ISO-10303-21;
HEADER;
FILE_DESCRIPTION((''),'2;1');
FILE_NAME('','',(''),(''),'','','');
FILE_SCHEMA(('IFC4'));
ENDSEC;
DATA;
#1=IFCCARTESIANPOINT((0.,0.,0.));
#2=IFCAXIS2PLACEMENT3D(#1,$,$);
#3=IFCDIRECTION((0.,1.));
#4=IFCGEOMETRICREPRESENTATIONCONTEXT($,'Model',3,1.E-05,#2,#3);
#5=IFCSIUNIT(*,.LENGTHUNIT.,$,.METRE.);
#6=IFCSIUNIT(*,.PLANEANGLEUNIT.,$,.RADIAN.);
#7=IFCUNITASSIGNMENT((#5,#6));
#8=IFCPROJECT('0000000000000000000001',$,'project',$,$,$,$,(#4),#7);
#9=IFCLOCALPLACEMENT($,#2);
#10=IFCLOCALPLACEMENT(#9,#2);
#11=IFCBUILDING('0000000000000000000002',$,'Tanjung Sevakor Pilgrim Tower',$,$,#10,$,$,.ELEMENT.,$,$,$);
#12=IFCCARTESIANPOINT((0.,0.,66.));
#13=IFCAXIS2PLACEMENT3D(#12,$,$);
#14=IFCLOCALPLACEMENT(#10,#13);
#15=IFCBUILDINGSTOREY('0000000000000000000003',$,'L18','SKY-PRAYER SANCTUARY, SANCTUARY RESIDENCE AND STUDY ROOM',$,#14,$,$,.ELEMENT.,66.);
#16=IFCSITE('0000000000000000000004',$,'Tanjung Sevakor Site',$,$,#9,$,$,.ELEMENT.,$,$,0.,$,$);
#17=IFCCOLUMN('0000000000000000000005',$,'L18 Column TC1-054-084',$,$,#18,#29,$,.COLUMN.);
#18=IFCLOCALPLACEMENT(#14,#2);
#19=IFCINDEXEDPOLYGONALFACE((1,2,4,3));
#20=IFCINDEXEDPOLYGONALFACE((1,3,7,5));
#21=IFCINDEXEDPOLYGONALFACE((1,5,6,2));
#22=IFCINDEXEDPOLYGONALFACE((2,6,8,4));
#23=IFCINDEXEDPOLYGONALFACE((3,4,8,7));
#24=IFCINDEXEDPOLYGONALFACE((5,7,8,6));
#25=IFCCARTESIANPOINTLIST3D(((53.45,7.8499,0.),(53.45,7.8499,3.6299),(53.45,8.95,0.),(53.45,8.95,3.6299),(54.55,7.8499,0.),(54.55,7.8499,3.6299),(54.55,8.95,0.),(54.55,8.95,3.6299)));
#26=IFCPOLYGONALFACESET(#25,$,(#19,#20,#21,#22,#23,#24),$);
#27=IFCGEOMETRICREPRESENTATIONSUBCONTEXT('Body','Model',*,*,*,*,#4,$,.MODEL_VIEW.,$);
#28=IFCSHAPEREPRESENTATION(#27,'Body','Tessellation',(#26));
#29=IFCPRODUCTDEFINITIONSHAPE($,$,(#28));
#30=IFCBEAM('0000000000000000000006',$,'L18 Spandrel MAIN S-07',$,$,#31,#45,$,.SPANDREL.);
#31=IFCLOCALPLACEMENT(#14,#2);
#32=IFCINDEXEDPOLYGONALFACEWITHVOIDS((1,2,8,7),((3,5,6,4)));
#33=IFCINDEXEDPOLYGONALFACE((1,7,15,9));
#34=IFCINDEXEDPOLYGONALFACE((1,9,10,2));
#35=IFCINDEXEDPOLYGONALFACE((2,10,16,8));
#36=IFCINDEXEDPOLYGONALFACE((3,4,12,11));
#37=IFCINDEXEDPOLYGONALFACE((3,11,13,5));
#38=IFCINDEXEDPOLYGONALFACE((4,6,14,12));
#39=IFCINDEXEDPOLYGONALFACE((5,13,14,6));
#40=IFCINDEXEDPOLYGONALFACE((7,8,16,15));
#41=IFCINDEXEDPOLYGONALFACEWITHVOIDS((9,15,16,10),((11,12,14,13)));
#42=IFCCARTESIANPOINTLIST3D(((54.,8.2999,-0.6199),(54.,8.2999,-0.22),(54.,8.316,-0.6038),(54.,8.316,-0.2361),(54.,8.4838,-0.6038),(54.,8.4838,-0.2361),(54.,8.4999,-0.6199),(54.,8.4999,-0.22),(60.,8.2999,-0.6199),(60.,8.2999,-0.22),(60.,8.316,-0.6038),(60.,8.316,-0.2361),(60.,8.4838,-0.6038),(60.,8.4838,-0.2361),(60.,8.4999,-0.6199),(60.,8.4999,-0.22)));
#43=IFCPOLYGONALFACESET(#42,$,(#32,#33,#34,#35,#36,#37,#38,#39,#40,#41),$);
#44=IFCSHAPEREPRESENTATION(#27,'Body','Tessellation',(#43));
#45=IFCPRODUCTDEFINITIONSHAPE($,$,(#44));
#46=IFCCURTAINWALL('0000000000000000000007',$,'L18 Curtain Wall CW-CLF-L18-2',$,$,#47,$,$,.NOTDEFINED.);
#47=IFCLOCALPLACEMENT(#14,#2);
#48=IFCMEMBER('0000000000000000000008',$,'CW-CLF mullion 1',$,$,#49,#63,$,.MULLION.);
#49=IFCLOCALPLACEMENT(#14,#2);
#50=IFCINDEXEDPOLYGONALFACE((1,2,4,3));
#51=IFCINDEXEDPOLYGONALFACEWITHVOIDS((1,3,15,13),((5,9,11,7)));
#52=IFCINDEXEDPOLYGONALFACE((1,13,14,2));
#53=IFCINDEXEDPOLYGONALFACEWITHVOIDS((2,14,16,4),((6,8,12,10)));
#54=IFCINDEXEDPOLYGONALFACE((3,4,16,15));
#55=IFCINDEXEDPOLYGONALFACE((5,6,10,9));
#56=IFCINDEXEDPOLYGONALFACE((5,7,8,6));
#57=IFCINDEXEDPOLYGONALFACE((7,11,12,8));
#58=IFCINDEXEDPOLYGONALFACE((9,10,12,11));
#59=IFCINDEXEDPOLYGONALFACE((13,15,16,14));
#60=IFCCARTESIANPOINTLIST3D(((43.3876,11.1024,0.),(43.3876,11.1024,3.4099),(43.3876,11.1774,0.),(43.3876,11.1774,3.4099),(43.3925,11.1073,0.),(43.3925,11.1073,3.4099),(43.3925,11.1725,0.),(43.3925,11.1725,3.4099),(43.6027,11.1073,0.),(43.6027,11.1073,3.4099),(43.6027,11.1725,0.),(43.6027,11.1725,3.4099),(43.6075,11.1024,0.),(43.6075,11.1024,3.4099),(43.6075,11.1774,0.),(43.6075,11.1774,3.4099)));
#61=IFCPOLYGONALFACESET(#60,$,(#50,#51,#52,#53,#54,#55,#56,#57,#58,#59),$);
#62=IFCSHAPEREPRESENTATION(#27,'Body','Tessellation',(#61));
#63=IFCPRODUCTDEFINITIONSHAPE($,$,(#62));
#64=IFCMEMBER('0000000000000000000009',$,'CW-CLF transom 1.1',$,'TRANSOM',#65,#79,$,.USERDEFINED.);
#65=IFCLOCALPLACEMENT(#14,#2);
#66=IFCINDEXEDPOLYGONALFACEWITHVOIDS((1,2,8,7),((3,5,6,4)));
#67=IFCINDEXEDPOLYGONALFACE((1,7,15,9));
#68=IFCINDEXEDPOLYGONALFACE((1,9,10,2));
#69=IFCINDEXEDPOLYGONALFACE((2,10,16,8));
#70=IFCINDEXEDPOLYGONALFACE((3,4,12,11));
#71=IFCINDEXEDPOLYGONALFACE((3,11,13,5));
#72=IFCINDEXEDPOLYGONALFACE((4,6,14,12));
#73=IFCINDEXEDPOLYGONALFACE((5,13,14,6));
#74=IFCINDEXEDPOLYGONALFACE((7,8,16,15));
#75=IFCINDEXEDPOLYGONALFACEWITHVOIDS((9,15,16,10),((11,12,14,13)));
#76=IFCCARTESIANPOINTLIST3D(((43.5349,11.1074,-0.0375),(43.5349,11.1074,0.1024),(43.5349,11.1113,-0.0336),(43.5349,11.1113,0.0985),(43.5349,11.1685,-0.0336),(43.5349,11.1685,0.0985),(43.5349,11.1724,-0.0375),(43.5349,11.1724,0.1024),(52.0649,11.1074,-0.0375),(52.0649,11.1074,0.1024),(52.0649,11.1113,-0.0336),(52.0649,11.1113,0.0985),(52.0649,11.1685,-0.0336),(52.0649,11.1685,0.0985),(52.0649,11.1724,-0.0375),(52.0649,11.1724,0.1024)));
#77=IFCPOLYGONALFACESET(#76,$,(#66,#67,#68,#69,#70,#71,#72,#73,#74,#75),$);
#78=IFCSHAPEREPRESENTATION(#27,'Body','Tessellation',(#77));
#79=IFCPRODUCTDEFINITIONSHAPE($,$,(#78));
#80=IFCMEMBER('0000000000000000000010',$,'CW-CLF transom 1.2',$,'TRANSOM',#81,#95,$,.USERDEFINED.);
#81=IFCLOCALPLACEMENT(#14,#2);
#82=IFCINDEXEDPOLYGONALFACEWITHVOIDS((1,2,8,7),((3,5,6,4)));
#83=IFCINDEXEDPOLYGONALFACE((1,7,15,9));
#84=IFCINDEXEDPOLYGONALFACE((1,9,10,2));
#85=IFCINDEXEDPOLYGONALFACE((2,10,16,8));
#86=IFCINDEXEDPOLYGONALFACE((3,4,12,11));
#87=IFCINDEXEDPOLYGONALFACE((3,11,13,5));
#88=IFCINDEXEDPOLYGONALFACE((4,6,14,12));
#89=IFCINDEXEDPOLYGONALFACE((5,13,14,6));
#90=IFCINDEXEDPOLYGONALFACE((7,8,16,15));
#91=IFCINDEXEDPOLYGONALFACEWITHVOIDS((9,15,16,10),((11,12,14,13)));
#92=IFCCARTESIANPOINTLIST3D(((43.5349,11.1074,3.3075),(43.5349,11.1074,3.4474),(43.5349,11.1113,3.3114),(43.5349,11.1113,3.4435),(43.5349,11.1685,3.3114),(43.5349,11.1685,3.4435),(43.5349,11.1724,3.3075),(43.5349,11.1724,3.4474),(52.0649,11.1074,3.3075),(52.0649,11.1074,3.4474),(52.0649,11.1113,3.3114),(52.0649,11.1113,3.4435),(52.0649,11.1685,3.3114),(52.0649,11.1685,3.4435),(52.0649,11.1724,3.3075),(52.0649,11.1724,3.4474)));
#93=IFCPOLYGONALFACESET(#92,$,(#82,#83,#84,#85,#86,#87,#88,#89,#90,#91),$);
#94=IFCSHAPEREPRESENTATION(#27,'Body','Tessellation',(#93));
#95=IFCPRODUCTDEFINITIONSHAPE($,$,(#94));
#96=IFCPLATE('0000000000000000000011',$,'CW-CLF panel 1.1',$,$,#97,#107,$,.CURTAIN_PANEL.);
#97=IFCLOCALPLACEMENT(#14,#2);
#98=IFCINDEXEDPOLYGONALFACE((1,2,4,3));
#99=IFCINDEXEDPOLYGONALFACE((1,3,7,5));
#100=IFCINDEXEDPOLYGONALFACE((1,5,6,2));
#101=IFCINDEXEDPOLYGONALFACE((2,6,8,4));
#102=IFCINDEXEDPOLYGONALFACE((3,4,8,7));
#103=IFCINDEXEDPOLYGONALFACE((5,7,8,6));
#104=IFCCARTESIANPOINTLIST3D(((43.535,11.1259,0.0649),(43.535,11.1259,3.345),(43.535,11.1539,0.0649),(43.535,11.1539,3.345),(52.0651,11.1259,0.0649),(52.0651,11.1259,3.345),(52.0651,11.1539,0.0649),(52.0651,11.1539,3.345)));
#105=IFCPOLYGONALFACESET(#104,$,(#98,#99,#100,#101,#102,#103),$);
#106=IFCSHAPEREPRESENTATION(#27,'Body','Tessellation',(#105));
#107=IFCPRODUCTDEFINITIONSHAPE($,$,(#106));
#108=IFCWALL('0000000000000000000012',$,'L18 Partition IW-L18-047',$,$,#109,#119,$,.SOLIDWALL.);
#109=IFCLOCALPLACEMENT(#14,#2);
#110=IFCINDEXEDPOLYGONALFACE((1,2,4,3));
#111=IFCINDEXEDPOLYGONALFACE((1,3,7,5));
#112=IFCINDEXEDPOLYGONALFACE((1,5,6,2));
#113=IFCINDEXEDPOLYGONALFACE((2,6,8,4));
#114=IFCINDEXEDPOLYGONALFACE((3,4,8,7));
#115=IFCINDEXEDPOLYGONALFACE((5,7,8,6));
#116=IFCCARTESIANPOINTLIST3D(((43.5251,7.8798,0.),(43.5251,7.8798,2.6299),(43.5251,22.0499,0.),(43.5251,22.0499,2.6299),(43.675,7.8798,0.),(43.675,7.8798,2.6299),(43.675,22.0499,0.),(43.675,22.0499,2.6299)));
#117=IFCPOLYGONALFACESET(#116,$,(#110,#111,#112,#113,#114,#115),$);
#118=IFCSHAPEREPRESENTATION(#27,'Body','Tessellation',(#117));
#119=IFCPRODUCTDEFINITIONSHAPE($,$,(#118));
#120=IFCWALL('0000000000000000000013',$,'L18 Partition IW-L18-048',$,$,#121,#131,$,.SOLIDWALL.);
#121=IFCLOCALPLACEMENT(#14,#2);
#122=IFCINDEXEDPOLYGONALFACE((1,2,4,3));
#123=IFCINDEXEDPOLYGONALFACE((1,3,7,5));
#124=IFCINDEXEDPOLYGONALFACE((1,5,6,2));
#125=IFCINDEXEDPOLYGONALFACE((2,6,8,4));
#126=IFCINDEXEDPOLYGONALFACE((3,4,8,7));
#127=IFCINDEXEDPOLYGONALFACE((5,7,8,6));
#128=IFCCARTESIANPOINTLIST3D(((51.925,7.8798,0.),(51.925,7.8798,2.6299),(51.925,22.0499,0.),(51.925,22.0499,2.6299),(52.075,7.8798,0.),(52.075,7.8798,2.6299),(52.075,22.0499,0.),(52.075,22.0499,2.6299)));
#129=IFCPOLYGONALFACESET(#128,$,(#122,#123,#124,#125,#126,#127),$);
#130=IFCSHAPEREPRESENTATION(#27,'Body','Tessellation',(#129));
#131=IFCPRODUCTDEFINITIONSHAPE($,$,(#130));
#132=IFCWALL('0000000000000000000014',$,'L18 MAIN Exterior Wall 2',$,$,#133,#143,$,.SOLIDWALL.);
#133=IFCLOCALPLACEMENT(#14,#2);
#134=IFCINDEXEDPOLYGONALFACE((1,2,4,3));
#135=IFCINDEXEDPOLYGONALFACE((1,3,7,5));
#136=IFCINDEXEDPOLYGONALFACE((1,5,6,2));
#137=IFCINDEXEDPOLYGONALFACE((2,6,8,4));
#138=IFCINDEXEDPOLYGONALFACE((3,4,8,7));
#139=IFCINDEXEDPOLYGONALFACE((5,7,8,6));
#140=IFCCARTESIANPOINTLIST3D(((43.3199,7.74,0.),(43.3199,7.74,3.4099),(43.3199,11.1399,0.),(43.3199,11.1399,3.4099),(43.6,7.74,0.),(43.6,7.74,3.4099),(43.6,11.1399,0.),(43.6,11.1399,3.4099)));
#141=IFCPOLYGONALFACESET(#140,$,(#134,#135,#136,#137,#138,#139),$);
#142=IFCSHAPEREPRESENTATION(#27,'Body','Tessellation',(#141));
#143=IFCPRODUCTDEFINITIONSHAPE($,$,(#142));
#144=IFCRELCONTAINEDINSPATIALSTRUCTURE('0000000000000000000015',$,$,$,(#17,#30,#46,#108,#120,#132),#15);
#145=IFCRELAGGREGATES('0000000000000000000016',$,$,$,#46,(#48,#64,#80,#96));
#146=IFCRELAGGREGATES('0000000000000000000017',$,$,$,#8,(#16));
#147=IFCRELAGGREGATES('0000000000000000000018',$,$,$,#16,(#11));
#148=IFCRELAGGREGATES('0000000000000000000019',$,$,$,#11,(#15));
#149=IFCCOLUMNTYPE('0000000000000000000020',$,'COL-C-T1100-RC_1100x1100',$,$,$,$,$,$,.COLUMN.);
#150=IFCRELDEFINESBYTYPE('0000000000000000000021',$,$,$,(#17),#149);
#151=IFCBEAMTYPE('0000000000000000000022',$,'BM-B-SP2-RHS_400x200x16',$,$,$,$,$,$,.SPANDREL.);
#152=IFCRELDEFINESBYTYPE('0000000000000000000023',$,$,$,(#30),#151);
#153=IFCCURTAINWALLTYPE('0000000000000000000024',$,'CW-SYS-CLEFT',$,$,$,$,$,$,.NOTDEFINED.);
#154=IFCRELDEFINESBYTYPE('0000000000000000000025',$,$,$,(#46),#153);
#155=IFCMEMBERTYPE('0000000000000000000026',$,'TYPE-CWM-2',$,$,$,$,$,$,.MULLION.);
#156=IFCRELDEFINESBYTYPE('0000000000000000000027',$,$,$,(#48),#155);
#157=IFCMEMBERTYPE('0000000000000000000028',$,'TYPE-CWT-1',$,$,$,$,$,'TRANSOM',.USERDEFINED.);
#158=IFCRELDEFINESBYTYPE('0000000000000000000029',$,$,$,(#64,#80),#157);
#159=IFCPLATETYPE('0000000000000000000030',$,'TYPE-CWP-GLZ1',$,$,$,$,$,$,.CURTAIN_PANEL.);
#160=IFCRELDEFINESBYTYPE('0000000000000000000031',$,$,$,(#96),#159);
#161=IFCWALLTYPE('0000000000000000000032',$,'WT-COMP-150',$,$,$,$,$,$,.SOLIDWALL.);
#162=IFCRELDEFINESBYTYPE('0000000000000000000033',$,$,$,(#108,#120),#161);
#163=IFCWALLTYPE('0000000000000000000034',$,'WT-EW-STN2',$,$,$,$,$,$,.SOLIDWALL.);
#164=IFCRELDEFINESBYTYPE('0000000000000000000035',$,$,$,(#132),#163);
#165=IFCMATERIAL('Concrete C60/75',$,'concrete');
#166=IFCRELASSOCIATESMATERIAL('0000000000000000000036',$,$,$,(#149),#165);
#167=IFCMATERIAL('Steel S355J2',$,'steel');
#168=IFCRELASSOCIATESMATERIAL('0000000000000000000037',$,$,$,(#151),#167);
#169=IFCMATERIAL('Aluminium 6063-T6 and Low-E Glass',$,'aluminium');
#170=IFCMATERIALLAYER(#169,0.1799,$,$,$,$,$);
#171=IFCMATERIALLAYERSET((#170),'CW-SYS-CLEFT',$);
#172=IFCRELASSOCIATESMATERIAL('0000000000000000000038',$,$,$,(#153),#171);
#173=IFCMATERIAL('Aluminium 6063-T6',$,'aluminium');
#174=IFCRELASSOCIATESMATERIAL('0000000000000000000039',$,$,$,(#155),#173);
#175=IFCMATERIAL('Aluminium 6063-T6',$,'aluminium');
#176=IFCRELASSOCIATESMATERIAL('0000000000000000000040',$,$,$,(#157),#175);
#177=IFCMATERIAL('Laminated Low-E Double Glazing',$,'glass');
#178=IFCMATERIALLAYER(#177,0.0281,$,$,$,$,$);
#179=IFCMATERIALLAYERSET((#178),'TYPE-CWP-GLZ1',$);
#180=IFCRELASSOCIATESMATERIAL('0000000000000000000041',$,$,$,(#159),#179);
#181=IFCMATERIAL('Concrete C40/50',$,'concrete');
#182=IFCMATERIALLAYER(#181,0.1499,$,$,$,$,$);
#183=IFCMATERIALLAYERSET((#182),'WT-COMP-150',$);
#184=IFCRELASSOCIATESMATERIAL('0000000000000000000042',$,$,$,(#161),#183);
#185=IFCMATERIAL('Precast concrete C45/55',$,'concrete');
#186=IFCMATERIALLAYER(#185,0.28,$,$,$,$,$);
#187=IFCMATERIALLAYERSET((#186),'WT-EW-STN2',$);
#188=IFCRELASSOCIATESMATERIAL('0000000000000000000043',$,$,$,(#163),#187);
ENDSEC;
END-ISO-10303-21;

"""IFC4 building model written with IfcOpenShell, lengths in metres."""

from ifc_helpers import new_model, si_unit, direction, frame, frame_2d, origin, origin_2d, place, context, subcontext, project, spatial, rectangle, hollow_rectangle, extrude, material, layer, layer_set, material_profile, profile_set, type_object, element, aggregate, save


model = new_model("IFC4")

# Units and contexts
model_context = context("Model", 3, precision=1e-05, world=origin(), true_north=direction((0.0, 1.0)))
body_context = subcontext(model_context, "Body", "Model", "MODEL_VIEW")
ifc_project = project(units=[si_unit("LENGTHUNIT", "METRE"), si_unit("PLANEANGLEUNIT", "RADIAN")], contexts=[model_context])

# Site, building, storey
site_placement = place(None, origin())
site = spatial("IfcSite", under=ifc_project, at=site_placement, Name="Tanjung Sevakor Site", CompositionType="ELEMENT", RefElevation=0.0)
building_placement = place(site_placement, origin())
building = spatial("IfcBuilding", under=site, at=building_placement, Name="Tanjung Sevakor Pilgrim Tower", CompositionType="ELEMENT")
storey_placement = place(building_placement, frame((0.0, 0.0, 66.0)))
storey = spatial("IfcBuildingStorey", under=building, at=storey_placement, Name="L18", Description="SKY-PRAYER SANCTUARY, SANCTUARY RESIDENCE AND STUDY ROOM", CompositionType="ELEMENT", Elevation=66.0)

# Column
ifc_material_1 = material(Name="Concrete C60/75", Category="concrete")
ifc_material_profile_1 = material_profile(ifc_material_1, rectangle(XDim=1.1001, YDim=1.1001, at=origin_2d()))
ifc_profile_set_1 = profile_set([ifc_material_profile_1], Name="Concrete C60/75")
column_type = type_object("IfcColumnType", Name="COL-C-T1100-RC_1100x1100", PredefinedType="COLUMN", material=ifc_profile_set_1)
column_placement = place(storey_placement, frame((54.0, 8.3999, 0.0), z_axis=(0.0, 0.0, 1.0), x_axis=(1.0, 0.0, 0.0)))
element("IfcColumn", 1, at=column_placement, inside=storey, type_object=column_type, Name="L18 Column TC1-054-084", PredefinedType="COLUMN", context=body_context, shape_type="SweptSolid", body=[
    extrude(rectangle(XDim=1.1001, YDim=1.1001, at=origin_2d()), origin(), (0.0, 0.0, 1.0), 3.6299),
])

# Beam
ifc_material_2 = material(Name="Steel S355J2", Category="steel")
ifc_material_profile_2 = material_profile(ifc_material_2, hollow_rectangle(XDim=0.2, YDim=0.3999, WallThickness=0.0161, at=origin_2d()))
ifc_profile_set_2 = profile_set([ifc_material_profile_2], Name="Steel S355J2")
beam_type = type_object("IfcBeamType", Name="BM-B-SP2-RHS_400x200x16", PredefinedType="SPANDREL", material=ifc_profile_set_2)
beam_placement = place(storey_placement, frame((54.0, 8.3999, -0.4199), z_axis=(1.0, 0.0, 0.0), x_axis=(0.0, 1.0, 0.0)))
element("IfcBeam", 2, at=beam_placement, inside=storey, type_object=beam_type, Name="L18 Spandrel MAIN S-07", PredefinedType="SPANDREL", context=body_context, shape_type="SweptSolid", body=[
    extrude(hollow_rectangle(XDim=0.2, YDim=0.3999, WallThickness=0.0161, at=origin_2d()), origin(), (0.0, 0.0, 1.0), 6.0),
])

# Curtain wall, members, plate
ifc_material_3 = material(Name="Aluminium 6063-T6 and Low-E Glass", Category="aluminium")
ifc_layer_1 = layer(ifc_material_3, 0.1799)
ifc_layer_set_1 = layer_set([ifc_layer_1], Name="CW-SYS-CLEFT")
curtain_wall_type = type_object("IfcCurtainWallType", Name="CW-SYS-CLEFT", PredefinedType="NOTDEFINED", material=ifc_layer_set_1)
curtain_wall_placement = place(storey_placement, origin())
curtain_wall = element("IfcCurtainWall", 3, at=curtain_wall_placement, inside=storey, type_object=curtain_wall_type, Name="L18 Curtain Wall CW-CLF-L18-2", PredefinedType="NOTDEFINED")
ifc_material_4 = material(Name="Aluminium 6063-T6", Category="aluminium")
ifc_material_profile_3 = material_profile(ifc_material_4, hollow_rectangle(XDim=0.075, YDim=0.22, WallThickness=0.0049, at=origin_2d()))
ifc_profile_set_3 = profile_set([ifc_material_profile_3], Name="Aluminium 6063-T6")
member_type_1 = type_object("IfcMemberType", Name="TYPE-CWM-2", PredefinedType="MULLION", material=ifc_profile_set_3)
member_1_placement = place(storey_placement, frame((43.4976, 11.1399, 0.0), z_axis=(0.0, 0.0, 1.0), x_axis=(0.0, 1.0, 0.0)))
member_1 = element("IfcMember", 4, at=member_1_placement, type_object=member_type_1, Name="CW-CLF mullion 1", PredefinedType="MULLION", context=body_context, shape_type="SweptSolid", body=[
    extrude(hollow_rectangle(XDim=0.075, YDim=0.22, WallThickness=0.0049, at=origin_2d()), origin(), (0.0, 0.0, 1.0), 3.4099),
])
ifc_material_5 = material(Name="Aluminium 6063-T6", Category="aluminium")
ifc_material_profile_4 = material_profile(ifc_material_5, hollow_rectangle(XDim=0.0649, YDim=0.1399, WallThickness=0.0039, at=origin_2d()))
ifc_profile_set_4 = profile_set([ifc_material_profile_4], Name="Aluminium 6063-T6")
member_type_2 = type_object("IfcMemberType", Name="TYPE-CWT-1", ElementType="TRANSOM", PredefinedType="USERDEFINED", material=ifc_profile_set_4)
member_2_placement = place(storey_placement, frame((43.5349, 11.1399, 0.0325), z_axis=(1.0, 0.0, 0.0), x_axis=(0.0, 1.0, 0.0)))
member_2 = element("IfcMember", 5, at=member_2_placement, type_object=member_type_2, Name="CW-CLF transom 1.1", ObjectType="TRANSOM", PredefinedType="USERDEFINED", context=body_context, shape_type="SweptSolid", body=[
    extrude(hollow_rectangle(XDim=0.0649, YDim=0.1399, WallThickness=0.0039, at=origin_2d()), origin(), (0.0, 0.0, 1.0), 8.53),
])
member_3_placement = place(storey_placement, frame((43.5349, 11.1399, 3.3774), z_axis=(1.0, 0.0, 0.0), x_axis=(0.0, 1.0, 0.0)))
member_3 = element("IfcMember", 6, at=member_3_placement, type_object=member_type_2, Name="CW-CLF transom 1.2", ObjectType="TRANSOM", PredefinedType="USERDEFINED", context=body_context, shape_type="SweptSolid", body=[
    extrude(hollow_rectangle(XDim=0.0649, YDim=0.1399, WallThickness=0.0039, at=origin_2d()), origin(), (0.0, 0.0, 1.0), 8.53),
])
ifc_material_6 = material(Name="Laminated Low-E Double Glazing", Category="glass")
ifc_layer_2 = layer(ifc_material_6, 0.0281)
ifc_layer_set_2 = layer_set([ifc_layer_2], Name="TYPE-CWP-GLZ1")
plate_type = type_object("IfcPlateType", Name="TYPE-CWP-GLZ1", PredefinedType="CURTAIN_PANEL", material=ifc_layer_set_2)
plate_placement = place(storey_placement, frame((47.8, 11.1399, 0.0649), z_axis=(0.0, 0.0, 1.0), x_axis=(1.0, 0.0, 0.0)))
plate = element("IfcPlate", 7, at=plate_placement, type_object=plate_type, Name="CW-CLF panel 1.1", PredefinedType="CURTAIN_PANEL", context=body_context, shape_type="SweptSolid", body=[
    extrude(rectangle(XDim=8.53, YDim=0.0281, at=origin_2d()), origin(), (0.0, 0.0, 1.0), 3.28),
])
aggregate(curtain_wall, [member_1, member_2, member_3, plate])

# Walls
ifc_material_7 = material(Name="Concrete C40/50", Category="concrete")
ifc_layer_3 = layer(ifc_material_7, 0.1499)
ifc_layer_set_3 = layer_set([ifc_layer_3], Name="WT-COMP-150")
wall_type_1 = type_object("IfcWallType", Name="WT-COMP-150", PredefinedType="SOLIDWALL", material=ifc_layer_set_3)
for number, where, z_axis, x_axis, name in (
    (8, (43.6001, 7.8799, 0.0), (0.0, 0.0, 1.0), (0.0, 1.0, 0.0), "L18 Partition IW-L18-047"),
    (9, (52.0, 7.8799, 0.0), (0.0, 0.0, 1.0), (0.0, 1.0, 0.0), "L18 Partition IW-L18-048"),
):
    element("IfcWall", number, at=place(storey_placement, frame(where, z_axis=z_axis, x_axis=x_axis)), inside=storey, type_object=wall_type_1, Name=name, PredefinedType="SOLIDWALL", context=body_context, shape_type="SweptSolid", body=[
        extrude(rectangle(XDim=14.1702, YDim=0.1499, at=frame_2d((7.085, 0.0))), origin(), (0.0, 0.0, 1.0), 2.6299),
    ])
ifc_material_8 = material(Name="Precast concrete C45/55", Category="concrete")
ifc_layer_4 = layer(ifc_material_8, 0.28)
ifc_layer_set_4 = layer_set([ifc_layer_4], Name="WT-EW-STN2")
wall_type_2 = type_object("IfcWallType", Name="WT-EW-STN2", PredefinedType="SOLIDWALL", material=ifc_layer_set_4)
wall_1_placement = place(storey_placement, frame((43.46, 7.74, 0.0), z_axis=(0.0, 0.0, 1.0), x_axis=(0.0, 1.0, 0.0)))
element("IfcWall", 10, at=wall_1_placement, inside=storey, type_object=wall_type_2, Name="L18 MAIN Exterior Wall 2", PredefinedType="SOLIDWALL", context=body_context, shape_type="SweptSolid", body=[
    extrude(rectangle(XDim=3.3999, YDim=0.28, at=frame_2d((1.7, 0.0))), origin(), (0.0, 0.0, 1.0), 3.4099),
])

save(model, "model.ifc")
